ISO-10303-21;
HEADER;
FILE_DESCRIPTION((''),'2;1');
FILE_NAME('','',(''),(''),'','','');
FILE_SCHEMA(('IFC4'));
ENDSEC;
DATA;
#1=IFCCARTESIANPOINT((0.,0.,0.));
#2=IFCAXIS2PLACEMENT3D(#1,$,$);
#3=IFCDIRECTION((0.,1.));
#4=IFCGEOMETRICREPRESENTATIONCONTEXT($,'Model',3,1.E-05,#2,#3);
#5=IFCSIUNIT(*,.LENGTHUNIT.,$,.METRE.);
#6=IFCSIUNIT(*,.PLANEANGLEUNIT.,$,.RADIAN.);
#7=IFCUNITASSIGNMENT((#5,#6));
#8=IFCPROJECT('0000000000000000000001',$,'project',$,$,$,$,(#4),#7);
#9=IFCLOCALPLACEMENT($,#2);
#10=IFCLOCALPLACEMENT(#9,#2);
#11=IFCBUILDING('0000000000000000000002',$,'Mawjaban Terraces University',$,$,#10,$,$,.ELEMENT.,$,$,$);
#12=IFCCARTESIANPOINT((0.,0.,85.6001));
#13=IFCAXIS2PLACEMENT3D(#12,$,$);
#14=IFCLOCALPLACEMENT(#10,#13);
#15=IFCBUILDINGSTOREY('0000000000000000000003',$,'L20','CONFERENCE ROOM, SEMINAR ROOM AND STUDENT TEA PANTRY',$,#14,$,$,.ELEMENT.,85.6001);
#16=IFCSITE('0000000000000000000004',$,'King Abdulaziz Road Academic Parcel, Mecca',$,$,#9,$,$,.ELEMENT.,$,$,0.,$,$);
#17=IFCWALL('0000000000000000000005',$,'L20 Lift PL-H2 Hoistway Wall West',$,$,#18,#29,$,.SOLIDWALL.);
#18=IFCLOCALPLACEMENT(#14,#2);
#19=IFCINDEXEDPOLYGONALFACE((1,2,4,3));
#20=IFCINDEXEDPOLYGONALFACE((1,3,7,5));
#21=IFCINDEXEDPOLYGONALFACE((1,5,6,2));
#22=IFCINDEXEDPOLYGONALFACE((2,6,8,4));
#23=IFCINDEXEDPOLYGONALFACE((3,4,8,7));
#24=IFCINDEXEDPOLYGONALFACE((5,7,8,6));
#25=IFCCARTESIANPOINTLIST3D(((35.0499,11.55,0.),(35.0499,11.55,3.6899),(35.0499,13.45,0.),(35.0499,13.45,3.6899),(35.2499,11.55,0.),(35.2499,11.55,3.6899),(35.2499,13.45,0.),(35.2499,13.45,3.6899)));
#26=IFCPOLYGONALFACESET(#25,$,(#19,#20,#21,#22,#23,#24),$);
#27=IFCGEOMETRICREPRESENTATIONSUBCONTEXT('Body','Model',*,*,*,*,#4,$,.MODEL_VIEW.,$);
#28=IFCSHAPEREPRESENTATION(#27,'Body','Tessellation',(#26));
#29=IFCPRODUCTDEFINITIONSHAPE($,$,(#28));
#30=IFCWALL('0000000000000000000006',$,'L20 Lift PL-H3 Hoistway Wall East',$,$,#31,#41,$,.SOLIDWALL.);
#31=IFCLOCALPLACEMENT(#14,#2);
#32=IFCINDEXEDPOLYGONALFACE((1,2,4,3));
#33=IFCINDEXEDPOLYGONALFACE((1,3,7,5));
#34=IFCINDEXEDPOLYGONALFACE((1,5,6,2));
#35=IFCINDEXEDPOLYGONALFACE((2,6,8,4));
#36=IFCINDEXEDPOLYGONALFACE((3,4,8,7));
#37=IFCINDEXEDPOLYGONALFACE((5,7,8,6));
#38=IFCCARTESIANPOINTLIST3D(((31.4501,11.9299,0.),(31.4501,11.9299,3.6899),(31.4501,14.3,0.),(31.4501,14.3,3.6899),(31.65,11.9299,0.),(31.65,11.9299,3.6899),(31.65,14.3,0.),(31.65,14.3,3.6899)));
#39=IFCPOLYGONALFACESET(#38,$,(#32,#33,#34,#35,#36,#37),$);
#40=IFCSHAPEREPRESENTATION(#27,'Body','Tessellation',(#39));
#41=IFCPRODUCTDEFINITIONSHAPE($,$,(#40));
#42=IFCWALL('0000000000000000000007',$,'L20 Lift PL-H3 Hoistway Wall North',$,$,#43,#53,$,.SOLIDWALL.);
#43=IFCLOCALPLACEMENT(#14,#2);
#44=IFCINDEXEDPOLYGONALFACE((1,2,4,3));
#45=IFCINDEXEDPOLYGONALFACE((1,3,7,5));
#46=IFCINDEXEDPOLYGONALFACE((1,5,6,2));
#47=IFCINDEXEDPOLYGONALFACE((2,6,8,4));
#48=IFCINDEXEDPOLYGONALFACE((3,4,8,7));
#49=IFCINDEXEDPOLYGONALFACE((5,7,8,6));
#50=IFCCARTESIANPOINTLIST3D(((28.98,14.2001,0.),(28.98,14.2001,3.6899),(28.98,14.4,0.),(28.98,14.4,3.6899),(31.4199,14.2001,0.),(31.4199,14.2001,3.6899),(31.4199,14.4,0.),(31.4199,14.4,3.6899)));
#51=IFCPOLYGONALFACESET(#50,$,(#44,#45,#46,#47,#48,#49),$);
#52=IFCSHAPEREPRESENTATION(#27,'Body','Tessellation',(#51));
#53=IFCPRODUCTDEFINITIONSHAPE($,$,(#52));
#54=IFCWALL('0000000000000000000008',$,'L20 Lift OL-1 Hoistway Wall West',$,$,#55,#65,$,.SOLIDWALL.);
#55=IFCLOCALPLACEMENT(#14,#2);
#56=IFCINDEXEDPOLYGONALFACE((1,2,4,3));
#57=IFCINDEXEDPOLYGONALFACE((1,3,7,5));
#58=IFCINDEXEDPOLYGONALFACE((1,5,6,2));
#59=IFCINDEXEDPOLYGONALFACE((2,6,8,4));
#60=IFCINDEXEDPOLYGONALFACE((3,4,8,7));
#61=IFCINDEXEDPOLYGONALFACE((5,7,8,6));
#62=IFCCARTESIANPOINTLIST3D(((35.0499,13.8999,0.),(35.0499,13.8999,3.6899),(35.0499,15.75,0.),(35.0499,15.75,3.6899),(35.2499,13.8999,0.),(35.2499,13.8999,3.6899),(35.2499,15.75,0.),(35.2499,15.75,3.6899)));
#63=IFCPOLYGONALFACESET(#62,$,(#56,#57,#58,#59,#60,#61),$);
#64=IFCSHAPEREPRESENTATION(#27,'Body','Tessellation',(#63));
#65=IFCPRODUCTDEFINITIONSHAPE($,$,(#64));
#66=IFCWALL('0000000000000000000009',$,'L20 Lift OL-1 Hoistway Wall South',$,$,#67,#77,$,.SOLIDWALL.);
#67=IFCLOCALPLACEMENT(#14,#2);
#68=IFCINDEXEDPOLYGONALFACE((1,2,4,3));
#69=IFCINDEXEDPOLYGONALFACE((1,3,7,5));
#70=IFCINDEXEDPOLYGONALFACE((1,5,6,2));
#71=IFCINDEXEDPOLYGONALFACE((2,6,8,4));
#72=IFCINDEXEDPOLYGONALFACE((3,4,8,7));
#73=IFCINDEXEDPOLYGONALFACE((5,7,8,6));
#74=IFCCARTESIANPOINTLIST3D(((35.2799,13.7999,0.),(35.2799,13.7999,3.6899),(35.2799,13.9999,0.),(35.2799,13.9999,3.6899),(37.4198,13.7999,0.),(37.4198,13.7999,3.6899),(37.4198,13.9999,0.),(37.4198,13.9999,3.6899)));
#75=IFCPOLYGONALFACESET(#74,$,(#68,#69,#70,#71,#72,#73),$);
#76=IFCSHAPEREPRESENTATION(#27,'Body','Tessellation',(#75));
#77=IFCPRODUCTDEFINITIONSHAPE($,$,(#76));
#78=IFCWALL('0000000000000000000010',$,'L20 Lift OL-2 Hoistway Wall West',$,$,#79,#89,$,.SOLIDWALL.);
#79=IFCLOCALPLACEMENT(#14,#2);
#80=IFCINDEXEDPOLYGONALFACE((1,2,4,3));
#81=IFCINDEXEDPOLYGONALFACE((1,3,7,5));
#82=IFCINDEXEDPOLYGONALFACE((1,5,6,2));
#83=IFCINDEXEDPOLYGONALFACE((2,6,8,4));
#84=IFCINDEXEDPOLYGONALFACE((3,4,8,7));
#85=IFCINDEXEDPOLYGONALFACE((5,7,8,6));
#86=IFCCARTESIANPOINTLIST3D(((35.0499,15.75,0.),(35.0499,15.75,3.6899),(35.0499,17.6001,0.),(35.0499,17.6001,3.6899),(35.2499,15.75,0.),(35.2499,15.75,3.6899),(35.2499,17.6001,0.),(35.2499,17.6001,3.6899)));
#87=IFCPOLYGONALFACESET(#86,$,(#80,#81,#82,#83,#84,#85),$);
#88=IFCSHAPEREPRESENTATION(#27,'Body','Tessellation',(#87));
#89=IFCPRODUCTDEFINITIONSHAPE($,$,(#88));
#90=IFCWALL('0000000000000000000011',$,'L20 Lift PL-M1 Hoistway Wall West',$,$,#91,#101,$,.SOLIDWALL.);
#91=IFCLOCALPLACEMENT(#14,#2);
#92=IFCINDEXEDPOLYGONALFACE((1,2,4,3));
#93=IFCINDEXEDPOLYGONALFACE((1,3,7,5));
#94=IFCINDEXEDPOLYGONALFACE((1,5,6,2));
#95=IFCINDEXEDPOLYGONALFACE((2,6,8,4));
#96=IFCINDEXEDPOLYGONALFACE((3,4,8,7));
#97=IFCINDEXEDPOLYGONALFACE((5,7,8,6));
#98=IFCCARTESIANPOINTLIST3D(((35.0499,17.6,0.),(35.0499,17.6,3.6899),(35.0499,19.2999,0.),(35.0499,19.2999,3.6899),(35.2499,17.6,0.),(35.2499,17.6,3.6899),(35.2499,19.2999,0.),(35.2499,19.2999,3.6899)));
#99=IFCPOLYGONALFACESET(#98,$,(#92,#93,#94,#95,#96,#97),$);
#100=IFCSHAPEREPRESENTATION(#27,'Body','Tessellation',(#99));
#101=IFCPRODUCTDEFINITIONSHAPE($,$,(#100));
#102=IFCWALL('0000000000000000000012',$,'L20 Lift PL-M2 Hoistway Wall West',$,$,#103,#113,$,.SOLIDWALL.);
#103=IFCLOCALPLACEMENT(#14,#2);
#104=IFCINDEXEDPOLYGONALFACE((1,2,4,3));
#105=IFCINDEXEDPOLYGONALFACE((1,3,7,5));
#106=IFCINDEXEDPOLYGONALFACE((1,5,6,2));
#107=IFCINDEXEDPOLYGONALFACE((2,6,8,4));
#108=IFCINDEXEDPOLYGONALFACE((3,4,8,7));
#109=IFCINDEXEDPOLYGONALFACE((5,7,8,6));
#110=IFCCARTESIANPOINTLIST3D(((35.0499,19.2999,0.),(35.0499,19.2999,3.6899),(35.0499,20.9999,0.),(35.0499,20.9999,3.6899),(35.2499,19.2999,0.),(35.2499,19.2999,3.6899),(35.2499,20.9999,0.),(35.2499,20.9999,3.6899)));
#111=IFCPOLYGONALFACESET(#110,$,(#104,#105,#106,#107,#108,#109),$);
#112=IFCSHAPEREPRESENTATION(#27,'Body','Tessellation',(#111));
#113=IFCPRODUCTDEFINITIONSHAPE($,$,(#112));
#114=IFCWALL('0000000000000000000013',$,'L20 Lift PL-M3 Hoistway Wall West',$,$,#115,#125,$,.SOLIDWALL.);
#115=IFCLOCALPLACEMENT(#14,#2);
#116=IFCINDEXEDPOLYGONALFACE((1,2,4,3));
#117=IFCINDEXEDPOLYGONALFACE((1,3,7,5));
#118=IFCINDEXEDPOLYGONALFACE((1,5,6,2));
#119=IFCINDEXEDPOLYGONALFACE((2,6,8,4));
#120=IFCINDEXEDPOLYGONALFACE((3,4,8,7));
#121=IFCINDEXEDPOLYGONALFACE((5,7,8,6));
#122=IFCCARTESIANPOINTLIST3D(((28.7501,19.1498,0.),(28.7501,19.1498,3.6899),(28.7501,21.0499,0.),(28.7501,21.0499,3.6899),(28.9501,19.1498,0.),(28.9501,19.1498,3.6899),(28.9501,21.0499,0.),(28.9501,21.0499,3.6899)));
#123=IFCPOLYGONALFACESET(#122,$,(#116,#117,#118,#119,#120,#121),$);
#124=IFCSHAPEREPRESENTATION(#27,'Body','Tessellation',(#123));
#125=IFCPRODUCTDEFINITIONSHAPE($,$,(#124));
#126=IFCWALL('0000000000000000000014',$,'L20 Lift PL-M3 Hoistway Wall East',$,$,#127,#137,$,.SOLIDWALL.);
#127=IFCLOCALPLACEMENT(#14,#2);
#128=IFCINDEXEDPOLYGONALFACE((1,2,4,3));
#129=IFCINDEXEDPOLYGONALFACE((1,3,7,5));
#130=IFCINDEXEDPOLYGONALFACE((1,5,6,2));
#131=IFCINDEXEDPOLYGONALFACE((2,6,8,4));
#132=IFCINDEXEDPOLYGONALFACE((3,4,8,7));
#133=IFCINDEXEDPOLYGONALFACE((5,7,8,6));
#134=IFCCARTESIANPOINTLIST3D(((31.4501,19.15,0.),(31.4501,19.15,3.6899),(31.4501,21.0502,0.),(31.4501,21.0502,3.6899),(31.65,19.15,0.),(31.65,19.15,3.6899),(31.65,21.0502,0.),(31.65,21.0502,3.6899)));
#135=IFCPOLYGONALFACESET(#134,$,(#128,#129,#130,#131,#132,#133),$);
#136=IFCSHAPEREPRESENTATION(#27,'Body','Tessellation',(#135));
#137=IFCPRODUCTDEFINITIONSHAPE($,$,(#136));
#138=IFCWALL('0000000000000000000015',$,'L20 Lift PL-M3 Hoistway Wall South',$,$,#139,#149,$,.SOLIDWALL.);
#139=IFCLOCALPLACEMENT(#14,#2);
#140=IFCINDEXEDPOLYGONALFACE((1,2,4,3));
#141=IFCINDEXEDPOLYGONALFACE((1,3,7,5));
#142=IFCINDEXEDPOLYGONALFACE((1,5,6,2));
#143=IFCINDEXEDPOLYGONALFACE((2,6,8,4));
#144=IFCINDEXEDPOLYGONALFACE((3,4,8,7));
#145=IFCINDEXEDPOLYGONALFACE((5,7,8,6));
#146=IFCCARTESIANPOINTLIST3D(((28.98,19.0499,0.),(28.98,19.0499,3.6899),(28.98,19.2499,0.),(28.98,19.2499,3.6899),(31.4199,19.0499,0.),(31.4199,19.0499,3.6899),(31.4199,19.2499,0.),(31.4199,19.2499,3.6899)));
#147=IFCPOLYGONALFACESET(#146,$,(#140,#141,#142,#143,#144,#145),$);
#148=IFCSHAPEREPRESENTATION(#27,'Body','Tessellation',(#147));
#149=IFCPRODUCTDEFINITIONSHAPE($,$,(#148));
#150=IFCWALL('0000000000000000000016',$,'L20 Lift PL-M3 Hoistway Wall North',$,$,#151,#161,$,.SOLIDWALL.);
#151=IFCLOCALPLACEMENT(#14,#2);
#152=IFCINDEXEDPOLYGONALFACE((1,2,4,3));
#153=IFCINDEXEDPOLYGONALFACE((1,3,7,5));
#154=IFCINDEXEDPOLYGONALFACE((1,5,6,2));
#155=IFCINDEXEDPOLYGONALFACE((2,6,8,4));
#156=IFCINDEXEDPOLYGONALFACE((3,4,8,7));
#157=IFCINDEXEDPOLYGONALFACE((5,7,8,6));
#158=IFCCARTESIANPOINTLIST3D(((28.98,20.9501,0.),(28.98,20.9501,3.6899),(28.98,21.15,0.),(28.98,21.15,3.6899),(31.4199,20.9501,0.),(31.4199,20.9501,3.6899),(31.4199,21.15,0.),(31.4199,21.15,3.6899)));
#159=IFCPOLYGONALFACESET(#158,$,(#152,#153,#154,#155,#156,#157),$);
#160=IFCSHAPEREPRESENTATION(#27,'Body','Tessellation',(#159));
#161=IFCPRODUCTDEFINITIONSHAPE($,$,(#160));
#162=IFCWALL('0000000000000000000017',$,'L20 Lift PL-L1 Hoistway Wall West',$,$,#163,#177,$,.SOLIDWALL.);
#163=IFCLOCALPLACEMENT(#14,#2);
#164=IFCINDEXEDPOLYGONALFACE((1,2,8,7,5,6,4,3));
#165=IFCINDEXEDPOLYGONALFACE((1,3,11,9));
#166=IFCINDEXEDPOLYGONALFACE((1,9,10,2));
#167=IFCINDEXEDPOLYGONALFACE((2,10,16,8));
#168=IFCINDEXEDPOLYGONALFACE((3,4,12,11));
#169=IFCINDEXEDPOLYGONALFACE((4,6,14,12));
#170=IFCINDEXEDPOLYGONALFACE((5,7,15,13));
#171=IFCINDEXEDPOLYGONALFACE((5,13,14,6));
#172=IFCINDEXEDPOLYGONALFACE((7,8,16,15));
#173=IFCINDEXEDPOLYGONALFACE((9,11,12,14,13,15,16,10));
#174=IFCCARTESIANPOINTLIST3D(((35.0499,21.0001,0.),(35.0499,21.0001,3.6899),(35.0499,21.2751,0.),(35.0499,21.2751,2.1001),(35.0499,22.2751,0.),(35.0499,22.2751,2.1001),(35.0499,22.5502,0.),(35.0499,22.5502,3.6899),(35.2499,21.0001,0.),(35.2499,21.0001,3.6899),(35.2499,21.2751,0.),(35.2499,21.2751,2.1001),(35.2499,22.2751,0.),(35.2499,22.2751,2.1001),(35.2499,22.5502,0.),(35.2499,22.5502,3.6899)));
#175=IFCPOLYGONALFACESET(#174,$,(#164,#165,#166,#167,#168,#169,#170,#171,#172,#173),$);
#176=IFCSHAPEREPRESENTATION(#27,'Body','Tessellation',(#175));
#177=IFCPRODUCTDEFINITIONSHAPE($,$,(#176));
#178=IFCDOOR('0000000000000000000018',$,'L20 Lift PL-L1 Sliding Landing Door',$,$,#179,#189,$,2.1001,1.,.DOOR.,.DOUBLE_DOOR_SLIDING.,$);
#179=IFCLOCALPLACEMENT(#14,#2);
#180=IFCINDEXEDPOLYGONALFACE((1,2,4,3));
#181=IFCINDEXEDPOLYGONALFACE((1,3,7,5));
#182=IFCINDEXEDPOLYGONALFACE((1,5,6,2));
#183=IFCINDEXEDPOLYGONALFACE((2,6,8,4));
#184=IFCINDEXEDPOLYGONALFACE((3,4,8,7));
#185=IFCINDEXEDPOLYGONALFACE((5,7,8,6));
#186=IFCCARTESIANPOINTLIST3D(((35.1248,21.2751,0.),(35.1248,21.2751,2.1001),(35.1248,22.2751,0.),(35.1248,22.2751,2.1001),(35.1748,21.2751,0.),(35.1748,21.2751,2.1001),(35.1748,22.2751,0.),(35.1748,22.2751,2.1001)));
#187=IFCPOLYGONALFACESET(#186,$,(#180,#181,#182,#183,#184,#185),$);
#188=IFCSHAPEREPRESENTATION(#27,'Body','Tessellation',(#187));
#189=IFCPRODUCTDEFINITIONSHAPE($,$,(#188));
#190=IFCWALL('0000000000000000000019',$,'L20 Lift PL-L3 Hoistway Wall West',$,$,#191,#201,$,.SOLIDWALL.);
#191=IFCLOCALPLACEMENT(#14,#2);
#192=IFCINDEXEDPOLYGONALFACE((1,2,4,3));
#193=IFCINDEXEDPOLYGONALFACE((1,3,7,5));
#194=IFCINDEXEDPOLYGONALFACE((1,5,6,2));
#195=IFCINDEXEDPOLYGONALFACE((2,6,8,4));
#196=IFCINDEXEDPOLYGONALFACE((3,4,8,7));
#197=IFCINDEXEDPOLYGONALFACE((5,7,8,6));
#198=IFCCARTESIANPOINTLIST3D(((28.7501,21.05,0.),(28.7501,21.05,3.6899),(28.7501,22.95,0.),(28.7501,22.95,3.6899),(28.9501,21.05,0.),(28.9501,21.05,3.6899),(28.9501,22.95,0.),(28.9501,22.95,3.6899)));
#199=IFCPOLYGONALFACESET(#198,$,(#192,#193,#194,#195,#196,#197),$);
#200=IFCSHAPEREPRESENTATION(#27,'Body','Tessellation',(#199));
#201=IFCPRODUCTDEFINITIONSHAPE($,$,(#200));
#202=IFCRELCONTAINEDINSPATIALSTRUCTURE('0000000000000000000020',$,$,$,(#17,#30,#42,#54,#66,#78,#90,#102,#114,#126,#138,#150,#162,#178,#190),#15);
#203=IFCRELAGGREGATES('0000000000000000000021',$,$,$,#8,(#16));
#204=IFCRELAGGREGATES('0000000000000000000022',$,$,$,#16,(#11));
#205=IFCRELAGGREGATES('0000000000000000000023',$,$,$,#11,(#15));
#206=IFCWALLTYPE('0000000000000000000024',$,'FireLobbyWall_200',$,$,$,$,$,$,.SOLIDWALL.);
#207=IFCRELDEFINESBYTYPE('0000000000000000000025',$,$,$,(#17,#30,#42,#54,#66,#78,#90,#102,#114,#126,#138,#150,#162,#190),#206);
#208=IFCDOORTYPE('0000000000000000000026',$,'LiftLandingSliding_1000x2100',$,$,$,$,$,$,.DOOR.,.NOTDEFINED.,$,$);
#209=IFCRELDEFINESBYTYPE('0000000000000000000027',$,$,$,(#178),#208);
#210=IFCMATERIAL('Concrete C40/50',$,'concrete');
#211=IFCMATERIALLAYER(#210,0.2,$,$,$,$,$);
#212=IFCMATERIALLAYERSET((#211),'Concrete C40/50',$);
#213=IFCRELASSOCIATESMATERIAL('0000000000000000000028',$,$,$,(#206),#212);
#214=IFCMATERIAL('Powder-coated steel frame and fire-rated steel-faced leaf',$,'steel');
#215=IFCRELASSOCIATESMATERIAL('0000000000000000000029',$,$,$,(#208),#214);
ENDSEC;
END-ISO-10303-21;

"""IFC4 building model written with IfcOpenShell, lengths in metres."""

from ifc_helpers import new_model, si_unit, direction, frame, frame_2d, origin, place, context, subcontext, project, spatial, rectangle, extrude, material, layer, layer_set, type_object, element, fill, save


model = new_model("IFC4")

# Units and contexts
model_context = context("Model", 3, precision=1e-05, world=origin(), true_north=direction((0.0, 1.0)))
body_context = subcontext(model_context, "Body", "Model", "MODEL_VIEW")
ifc_project = project(units=[si_unit("LENGTHUNIT", "METRE"), si_unit("PLANEANGLEUNIT", "RADIAN")], contexts=[model_context])

# Site, building, storey
site_placement = place(None, origin())
site = spatial("IfcSite", under=ifc_project, at=site_placement, Name="King Abdulaziz Road Academic Parcel, Mecca", CompositionType="ELEMENT", RefElevation=0.0)
building_placement = place(site_placement, origin())
building = spatial("IfcBuilding", under=site, at=building_placement, Name="Mawjaban Terraces University", CompositionType="ELEMENT")
storey_placement = place(building_placement, frame((0.0, 0.0, 85.6001)))
storey = spatial("IfcBuildingStorey", under=building, at=storey_placement, Name="L20", Description="CONFERENCE ROOM, SEMINAR ROOM AND STUDENT TEA PANTRY", CompositionType="ELEMENT", Elevation=85.6001)

# Walls
ifc_material_1 = material(Name="Concrete C40/50", Category="concrete")
ifc_layer_1 = layer(ifc_material_1, 0.2)
ifc_layer_set_1 = layer_set([ifc_layer_1], Name="Concrete C40/50")
wall_type_1 = type_object("IfcWallType", Name="FireLobbyWall_200", PredefinedType="SOLIDWALL", material=ifc_layer_set_1)
wall_1_placement = place(storey_placement, frame((35.1499, 13.45, 0.0), z_axis=(0.0, 0.0, 1.0), x_axis=(0.0, -1.0, 0.0)))
element("IfcWall", 1, at=wall_1_placement, inside=storey, type_object=wall_type_1, Name="L20 Lift PL-H2 Hoistway Wall West", PredefinedType="SOLIDWALL", context=body_context, shape_type="SweptSolid", body=[
    extrude(rectangle(XDim=1.8999, YDim=0.2, at=frame_2d((0.95, 0.0))), origin(), (0.0, 0.0, 1.0), 3.6899),
])
wall_2_placement = place(storey_placement, frame((31.55, 11.9299, 0.0), z_axis=(0.0, 0.0, 1.0), x_axis=(0.0, 1.0, 0.0)))
element("IfcWall", 2, at=wall_2_placement, inside=storey, type_object=wall_type_1, Name="L20 Lift PL-H3 Hoistway Wall East", PredefinedType="SOLIDWALL", context=body_context, shape_type="SweptSolid", body=[
    extrude(rectangle(XDim=2.3701, YDim=0.2, at=frame_2d((1.1851, 0.0))), origin(), (0.0, 0.0, 1.0), 3.6899),
])
wall_3_placement = place(storey_placement, frame((31.4199, 14.3, 0.0), z_axis=(0.0, 0.0, 1.0), x_axis=(-1.0, 0.0, 0.0)))
element("IfcWall", 3, at=wall_3_placement, inside=storey, type_object=wall_type_1, Name="L20 Lift PL-H3 Hoistway Wall North", PredefinedType="SOLIDWALL", context=body_context, shape_type="SweptSolid", body=[
    extrude(rectangle(XDim=2.4399, YDim=0.2, at=frame_2d((1.22, 0.0))), origin(), (0.0, 0.0, 1.0), 3.6899),
])
wall_4_placement = place(storey_placement, frame((35.1499, 15.75, 0.0), z_axis=(0.0, 0.0, 1.0), x_axis=(0.0, -1.0, 0.0)))
element("IfcWall", 4, at=wall_4_placement, inside=storey, type_object=wall_type_1, Name="L20 Lift OL-1 Hoistway Wall West", PredefinedType="SOLIDWALL", context=body_context, shape_type="SweptSolid", body=[
    extrude(rectangle(XDim=1.8501, YDim=0.2, at=frame_2d((0.925, 0.0))), origin(), (0.0, 0.0, 1.0), 3.6899),
])
wall_5_placement = place(storey_placement, frame((35.28, 13.8999, 0.0), z_axis=(0.0, 0.0, 1.0), x_axis=(1.0, 0.0, 0.0)))
element("IfcWall", 5, at=wall_5_placement, inside=storey, type_object=wall_type_1, Name="L20 Lift OL-1 Hoistway Wall South", PredefinedType="SOLIDWALL", context=body_context, shape_type="SweptSolid", body=[
    extrude(rectangle(XDim=2.1399, YDim=0.2, at=frame_2d((1.0698, 0.0))), origin(), (0.0, 0.0, 1.0), 3.6899),
])
wall_6_placement = place(storey_placement, frame((35.1499, 17.6001, 0.0), z_axis=(0.0, 0.0, 1.0), x_axis=(0.0, -1.0, 0.0)))
element("IfcWall", 6, at=wall_6_placement, inside=storey, type_object=wall_type_1, Name="L20 Lift OL-2 Hoistway Wall West", PredefinedType="SOLIDWALL", context=body_context, shape_type="SweptSolid", body=[
    extrude(rectangle(XDim=1.8501, YDim=0.2, at=frame_2d((0.925, 0.0))), origin(), (0.0, 0.0, 1.0), 3.6899),
])
for number, where, z_axis, x_axis, name in (
    (7, (35.1499, 19.3, 0.0), (0.0, 0.0, 1.0), (0.0, -1.0, 0.0), "L20 Lift PL-M1 Hoistway Wall West"),
    (8, (35.1499, 21.0, 0.0), (0.0, 0.0, 1.0), (0.0, -1.0, 0.0), "L20 Lift PL-M2 Hoistway Wall West"),
):
    element("IfcWall", number, at=place(storey_placement, frame(where, z_axis=z_axis, x_axis=x_axis)), inside=storey, type_object=wall_type_1, Name=name, PredefinedType="SOLIDWALL", context=body_context, shape_type="SweptSolid", body=[
        extrude(rectangle(XDim=1.7, YDim=0.2, at=frame_2d((0.8501, 0.0))), origin(), (0.0, 0.0, 1.0), 3.6899),
    ])
for number, where, z_axis, x_axis, name in (
    (9, (28.8501, 21.05, 0.0), (0.0, 0.0, 1.0), (0.0, -1.0, 0.0), "L20 Lift PL-M3 Hoistway Wall West"),
    (10, (31.55, 19.1499, 0.0), (0.0, 0.0, 1.0), (0.0, 1.0, 0.0), "L20 Lift PL-M3 Hoistway Wall East"),
):
    element("IfcWall", number, at=place(storey_placement, frame(where, z_axis=z_axis, x_axis=x_axis)), inside=storey, type_object=wall_type_1, Name=name, PredefinedType="SOLIDWALL", context=body_context, shape_type="SweptSolid", body=[
        extrude(rectangle(XDim=1.9001, YDim=0.2, at=frame_2d((0.9502, 0.0))), origin(), (0.0, 0.0, 1.0), 3.6899),
    ])
for number, where, z_axis, x_axis, name in (
    (11, (28.98, 19.1499, 0.0), (0.0, 0.0, 1.0), (1.0, 0.0, 0.0), "L20 Lift PL-M3 Hoistway Wall South"),
    (12, (31.4199, 21.05, 0.0), (0.0, 0.0, 1.0), (-1.0, 0.0, 0.0), "L20 Lift PL-M3 Hoistway Wall North"),
):
    element("IfcWall", number, at=place(storey_placement, frame(where, z_axis=z_axis, x_axis=x_axis)), inside=storey, type_object=wall_type_1, Name=name, PredefinedType="SOLIDWALL", context=body_context, shape_type="SweptSolid", body=[
        extrude(rectangle(XDim=2.4399, YDim=0.2, at=frame_2d((1.22, 0.0))), origin(), (0.0, 0.0, 1.0), 3.6899),
    ])

# Wall, opening, door
wall_7_placement = place(storey_placement, frame((35.1499, 22.55, 0.0), z_axis=(0.0, 0.0, 1.0), x_axis=(0.0, -1.0, 0.0)))
wall_7 = element("IfcWall", 13, at=wall_7_placement, inside=storey, type_object=wall_type_1, Name="L20 Lift PL-L1 Hoistway Wall West", PredefinedType="SOLIDWALL", context=body_context, shape_type="SweptSolid", body=[
    extrude(rectangle(XDim=1.55, YDim=0.2, at=frame_2d((0.7749, 0.0))), origin(), (0.0, 0.0, 1.0), 3.6899),
])
opening_1_placement = place(wall_7_placement, frame((0.2749, 0.0, 0.0)))
opening_1 = element("IfcOpeningElement", 14, at=opening_1_placement, cuts=wall_7, PredefinedType="OPENING", context=body_context, shape_type="SweptSolid", body=[
    extrude(rectangle(XDim=1.0, YDim=2.1001, at=frame_2d((0.5, 1.05))), frame((0.0, 0.1099, 0.0), z_axis=(0.0, -1.0, 0.0), x_axis=(1.0, 0.0, 0.0)), (0.0, 0.0, 1.0), 0.22),
])
ifc_material_2 = material(Name="Powder-coated steel frame and fire-rated steel-faced leaf", Category="steel")
door_type_1 = type_object("IfcDoorType", Name="LiftLandingSliding_1000x2100", OperationType="NOTDEFINED", PredefinedType="DOOR", material=ifc_material_2)
door_1_placement = place(opening_1_placement, origin())
door_1 = element("IfcDoor", 15, at=door_1_placement, inside=storey, type_object=door_type_1, Name="L20 Lift PL-L1 Sliding Landing Door", OperationType="DOUBLE_DOOR_SLIDING", OverallHeight=2.1001, OverallWidth=1.0, PredefinedType="DOOR", context=body_context, shape_type="SweptSolid", body=[
    extrude(rectangle(XDim=1.0, YDim=2.1001, at=frame_2d((0.5, 1.05))), frame((0.0, 0.0249, 0.0), z_axis=(0.0, -1.0, 0.0), x_axis=(1.0, 0.0, 0.0)), (0.0, 0.0, 1.0), 0.05),
])
fill(opening_1, door_1)

# Wall
wall_8_placement = place(storey_placement, frame((28.8501, 22.95, 0.0), z_axis=(0.0, 0.0, 1.0), x_axis=(0.0, -1.0, 0.0)))
element("IfcWall", 16, at=wall_8_placement, inside=storey, type_object=wall_type_1, Name="L20 Lift PL-L3 Hoistway Wall West", PredefinedType="SOLIDWALL", context=body_context, shape_type="SweptSolid", body=[
    extrude(rectangle(XDim=1.8999, YDim=0.2, at=frame_2d((0.95, 0.0))), origin(), (0.0, 0.0, 1.0), 3.6899),
])

save(model, "model.ifc")
